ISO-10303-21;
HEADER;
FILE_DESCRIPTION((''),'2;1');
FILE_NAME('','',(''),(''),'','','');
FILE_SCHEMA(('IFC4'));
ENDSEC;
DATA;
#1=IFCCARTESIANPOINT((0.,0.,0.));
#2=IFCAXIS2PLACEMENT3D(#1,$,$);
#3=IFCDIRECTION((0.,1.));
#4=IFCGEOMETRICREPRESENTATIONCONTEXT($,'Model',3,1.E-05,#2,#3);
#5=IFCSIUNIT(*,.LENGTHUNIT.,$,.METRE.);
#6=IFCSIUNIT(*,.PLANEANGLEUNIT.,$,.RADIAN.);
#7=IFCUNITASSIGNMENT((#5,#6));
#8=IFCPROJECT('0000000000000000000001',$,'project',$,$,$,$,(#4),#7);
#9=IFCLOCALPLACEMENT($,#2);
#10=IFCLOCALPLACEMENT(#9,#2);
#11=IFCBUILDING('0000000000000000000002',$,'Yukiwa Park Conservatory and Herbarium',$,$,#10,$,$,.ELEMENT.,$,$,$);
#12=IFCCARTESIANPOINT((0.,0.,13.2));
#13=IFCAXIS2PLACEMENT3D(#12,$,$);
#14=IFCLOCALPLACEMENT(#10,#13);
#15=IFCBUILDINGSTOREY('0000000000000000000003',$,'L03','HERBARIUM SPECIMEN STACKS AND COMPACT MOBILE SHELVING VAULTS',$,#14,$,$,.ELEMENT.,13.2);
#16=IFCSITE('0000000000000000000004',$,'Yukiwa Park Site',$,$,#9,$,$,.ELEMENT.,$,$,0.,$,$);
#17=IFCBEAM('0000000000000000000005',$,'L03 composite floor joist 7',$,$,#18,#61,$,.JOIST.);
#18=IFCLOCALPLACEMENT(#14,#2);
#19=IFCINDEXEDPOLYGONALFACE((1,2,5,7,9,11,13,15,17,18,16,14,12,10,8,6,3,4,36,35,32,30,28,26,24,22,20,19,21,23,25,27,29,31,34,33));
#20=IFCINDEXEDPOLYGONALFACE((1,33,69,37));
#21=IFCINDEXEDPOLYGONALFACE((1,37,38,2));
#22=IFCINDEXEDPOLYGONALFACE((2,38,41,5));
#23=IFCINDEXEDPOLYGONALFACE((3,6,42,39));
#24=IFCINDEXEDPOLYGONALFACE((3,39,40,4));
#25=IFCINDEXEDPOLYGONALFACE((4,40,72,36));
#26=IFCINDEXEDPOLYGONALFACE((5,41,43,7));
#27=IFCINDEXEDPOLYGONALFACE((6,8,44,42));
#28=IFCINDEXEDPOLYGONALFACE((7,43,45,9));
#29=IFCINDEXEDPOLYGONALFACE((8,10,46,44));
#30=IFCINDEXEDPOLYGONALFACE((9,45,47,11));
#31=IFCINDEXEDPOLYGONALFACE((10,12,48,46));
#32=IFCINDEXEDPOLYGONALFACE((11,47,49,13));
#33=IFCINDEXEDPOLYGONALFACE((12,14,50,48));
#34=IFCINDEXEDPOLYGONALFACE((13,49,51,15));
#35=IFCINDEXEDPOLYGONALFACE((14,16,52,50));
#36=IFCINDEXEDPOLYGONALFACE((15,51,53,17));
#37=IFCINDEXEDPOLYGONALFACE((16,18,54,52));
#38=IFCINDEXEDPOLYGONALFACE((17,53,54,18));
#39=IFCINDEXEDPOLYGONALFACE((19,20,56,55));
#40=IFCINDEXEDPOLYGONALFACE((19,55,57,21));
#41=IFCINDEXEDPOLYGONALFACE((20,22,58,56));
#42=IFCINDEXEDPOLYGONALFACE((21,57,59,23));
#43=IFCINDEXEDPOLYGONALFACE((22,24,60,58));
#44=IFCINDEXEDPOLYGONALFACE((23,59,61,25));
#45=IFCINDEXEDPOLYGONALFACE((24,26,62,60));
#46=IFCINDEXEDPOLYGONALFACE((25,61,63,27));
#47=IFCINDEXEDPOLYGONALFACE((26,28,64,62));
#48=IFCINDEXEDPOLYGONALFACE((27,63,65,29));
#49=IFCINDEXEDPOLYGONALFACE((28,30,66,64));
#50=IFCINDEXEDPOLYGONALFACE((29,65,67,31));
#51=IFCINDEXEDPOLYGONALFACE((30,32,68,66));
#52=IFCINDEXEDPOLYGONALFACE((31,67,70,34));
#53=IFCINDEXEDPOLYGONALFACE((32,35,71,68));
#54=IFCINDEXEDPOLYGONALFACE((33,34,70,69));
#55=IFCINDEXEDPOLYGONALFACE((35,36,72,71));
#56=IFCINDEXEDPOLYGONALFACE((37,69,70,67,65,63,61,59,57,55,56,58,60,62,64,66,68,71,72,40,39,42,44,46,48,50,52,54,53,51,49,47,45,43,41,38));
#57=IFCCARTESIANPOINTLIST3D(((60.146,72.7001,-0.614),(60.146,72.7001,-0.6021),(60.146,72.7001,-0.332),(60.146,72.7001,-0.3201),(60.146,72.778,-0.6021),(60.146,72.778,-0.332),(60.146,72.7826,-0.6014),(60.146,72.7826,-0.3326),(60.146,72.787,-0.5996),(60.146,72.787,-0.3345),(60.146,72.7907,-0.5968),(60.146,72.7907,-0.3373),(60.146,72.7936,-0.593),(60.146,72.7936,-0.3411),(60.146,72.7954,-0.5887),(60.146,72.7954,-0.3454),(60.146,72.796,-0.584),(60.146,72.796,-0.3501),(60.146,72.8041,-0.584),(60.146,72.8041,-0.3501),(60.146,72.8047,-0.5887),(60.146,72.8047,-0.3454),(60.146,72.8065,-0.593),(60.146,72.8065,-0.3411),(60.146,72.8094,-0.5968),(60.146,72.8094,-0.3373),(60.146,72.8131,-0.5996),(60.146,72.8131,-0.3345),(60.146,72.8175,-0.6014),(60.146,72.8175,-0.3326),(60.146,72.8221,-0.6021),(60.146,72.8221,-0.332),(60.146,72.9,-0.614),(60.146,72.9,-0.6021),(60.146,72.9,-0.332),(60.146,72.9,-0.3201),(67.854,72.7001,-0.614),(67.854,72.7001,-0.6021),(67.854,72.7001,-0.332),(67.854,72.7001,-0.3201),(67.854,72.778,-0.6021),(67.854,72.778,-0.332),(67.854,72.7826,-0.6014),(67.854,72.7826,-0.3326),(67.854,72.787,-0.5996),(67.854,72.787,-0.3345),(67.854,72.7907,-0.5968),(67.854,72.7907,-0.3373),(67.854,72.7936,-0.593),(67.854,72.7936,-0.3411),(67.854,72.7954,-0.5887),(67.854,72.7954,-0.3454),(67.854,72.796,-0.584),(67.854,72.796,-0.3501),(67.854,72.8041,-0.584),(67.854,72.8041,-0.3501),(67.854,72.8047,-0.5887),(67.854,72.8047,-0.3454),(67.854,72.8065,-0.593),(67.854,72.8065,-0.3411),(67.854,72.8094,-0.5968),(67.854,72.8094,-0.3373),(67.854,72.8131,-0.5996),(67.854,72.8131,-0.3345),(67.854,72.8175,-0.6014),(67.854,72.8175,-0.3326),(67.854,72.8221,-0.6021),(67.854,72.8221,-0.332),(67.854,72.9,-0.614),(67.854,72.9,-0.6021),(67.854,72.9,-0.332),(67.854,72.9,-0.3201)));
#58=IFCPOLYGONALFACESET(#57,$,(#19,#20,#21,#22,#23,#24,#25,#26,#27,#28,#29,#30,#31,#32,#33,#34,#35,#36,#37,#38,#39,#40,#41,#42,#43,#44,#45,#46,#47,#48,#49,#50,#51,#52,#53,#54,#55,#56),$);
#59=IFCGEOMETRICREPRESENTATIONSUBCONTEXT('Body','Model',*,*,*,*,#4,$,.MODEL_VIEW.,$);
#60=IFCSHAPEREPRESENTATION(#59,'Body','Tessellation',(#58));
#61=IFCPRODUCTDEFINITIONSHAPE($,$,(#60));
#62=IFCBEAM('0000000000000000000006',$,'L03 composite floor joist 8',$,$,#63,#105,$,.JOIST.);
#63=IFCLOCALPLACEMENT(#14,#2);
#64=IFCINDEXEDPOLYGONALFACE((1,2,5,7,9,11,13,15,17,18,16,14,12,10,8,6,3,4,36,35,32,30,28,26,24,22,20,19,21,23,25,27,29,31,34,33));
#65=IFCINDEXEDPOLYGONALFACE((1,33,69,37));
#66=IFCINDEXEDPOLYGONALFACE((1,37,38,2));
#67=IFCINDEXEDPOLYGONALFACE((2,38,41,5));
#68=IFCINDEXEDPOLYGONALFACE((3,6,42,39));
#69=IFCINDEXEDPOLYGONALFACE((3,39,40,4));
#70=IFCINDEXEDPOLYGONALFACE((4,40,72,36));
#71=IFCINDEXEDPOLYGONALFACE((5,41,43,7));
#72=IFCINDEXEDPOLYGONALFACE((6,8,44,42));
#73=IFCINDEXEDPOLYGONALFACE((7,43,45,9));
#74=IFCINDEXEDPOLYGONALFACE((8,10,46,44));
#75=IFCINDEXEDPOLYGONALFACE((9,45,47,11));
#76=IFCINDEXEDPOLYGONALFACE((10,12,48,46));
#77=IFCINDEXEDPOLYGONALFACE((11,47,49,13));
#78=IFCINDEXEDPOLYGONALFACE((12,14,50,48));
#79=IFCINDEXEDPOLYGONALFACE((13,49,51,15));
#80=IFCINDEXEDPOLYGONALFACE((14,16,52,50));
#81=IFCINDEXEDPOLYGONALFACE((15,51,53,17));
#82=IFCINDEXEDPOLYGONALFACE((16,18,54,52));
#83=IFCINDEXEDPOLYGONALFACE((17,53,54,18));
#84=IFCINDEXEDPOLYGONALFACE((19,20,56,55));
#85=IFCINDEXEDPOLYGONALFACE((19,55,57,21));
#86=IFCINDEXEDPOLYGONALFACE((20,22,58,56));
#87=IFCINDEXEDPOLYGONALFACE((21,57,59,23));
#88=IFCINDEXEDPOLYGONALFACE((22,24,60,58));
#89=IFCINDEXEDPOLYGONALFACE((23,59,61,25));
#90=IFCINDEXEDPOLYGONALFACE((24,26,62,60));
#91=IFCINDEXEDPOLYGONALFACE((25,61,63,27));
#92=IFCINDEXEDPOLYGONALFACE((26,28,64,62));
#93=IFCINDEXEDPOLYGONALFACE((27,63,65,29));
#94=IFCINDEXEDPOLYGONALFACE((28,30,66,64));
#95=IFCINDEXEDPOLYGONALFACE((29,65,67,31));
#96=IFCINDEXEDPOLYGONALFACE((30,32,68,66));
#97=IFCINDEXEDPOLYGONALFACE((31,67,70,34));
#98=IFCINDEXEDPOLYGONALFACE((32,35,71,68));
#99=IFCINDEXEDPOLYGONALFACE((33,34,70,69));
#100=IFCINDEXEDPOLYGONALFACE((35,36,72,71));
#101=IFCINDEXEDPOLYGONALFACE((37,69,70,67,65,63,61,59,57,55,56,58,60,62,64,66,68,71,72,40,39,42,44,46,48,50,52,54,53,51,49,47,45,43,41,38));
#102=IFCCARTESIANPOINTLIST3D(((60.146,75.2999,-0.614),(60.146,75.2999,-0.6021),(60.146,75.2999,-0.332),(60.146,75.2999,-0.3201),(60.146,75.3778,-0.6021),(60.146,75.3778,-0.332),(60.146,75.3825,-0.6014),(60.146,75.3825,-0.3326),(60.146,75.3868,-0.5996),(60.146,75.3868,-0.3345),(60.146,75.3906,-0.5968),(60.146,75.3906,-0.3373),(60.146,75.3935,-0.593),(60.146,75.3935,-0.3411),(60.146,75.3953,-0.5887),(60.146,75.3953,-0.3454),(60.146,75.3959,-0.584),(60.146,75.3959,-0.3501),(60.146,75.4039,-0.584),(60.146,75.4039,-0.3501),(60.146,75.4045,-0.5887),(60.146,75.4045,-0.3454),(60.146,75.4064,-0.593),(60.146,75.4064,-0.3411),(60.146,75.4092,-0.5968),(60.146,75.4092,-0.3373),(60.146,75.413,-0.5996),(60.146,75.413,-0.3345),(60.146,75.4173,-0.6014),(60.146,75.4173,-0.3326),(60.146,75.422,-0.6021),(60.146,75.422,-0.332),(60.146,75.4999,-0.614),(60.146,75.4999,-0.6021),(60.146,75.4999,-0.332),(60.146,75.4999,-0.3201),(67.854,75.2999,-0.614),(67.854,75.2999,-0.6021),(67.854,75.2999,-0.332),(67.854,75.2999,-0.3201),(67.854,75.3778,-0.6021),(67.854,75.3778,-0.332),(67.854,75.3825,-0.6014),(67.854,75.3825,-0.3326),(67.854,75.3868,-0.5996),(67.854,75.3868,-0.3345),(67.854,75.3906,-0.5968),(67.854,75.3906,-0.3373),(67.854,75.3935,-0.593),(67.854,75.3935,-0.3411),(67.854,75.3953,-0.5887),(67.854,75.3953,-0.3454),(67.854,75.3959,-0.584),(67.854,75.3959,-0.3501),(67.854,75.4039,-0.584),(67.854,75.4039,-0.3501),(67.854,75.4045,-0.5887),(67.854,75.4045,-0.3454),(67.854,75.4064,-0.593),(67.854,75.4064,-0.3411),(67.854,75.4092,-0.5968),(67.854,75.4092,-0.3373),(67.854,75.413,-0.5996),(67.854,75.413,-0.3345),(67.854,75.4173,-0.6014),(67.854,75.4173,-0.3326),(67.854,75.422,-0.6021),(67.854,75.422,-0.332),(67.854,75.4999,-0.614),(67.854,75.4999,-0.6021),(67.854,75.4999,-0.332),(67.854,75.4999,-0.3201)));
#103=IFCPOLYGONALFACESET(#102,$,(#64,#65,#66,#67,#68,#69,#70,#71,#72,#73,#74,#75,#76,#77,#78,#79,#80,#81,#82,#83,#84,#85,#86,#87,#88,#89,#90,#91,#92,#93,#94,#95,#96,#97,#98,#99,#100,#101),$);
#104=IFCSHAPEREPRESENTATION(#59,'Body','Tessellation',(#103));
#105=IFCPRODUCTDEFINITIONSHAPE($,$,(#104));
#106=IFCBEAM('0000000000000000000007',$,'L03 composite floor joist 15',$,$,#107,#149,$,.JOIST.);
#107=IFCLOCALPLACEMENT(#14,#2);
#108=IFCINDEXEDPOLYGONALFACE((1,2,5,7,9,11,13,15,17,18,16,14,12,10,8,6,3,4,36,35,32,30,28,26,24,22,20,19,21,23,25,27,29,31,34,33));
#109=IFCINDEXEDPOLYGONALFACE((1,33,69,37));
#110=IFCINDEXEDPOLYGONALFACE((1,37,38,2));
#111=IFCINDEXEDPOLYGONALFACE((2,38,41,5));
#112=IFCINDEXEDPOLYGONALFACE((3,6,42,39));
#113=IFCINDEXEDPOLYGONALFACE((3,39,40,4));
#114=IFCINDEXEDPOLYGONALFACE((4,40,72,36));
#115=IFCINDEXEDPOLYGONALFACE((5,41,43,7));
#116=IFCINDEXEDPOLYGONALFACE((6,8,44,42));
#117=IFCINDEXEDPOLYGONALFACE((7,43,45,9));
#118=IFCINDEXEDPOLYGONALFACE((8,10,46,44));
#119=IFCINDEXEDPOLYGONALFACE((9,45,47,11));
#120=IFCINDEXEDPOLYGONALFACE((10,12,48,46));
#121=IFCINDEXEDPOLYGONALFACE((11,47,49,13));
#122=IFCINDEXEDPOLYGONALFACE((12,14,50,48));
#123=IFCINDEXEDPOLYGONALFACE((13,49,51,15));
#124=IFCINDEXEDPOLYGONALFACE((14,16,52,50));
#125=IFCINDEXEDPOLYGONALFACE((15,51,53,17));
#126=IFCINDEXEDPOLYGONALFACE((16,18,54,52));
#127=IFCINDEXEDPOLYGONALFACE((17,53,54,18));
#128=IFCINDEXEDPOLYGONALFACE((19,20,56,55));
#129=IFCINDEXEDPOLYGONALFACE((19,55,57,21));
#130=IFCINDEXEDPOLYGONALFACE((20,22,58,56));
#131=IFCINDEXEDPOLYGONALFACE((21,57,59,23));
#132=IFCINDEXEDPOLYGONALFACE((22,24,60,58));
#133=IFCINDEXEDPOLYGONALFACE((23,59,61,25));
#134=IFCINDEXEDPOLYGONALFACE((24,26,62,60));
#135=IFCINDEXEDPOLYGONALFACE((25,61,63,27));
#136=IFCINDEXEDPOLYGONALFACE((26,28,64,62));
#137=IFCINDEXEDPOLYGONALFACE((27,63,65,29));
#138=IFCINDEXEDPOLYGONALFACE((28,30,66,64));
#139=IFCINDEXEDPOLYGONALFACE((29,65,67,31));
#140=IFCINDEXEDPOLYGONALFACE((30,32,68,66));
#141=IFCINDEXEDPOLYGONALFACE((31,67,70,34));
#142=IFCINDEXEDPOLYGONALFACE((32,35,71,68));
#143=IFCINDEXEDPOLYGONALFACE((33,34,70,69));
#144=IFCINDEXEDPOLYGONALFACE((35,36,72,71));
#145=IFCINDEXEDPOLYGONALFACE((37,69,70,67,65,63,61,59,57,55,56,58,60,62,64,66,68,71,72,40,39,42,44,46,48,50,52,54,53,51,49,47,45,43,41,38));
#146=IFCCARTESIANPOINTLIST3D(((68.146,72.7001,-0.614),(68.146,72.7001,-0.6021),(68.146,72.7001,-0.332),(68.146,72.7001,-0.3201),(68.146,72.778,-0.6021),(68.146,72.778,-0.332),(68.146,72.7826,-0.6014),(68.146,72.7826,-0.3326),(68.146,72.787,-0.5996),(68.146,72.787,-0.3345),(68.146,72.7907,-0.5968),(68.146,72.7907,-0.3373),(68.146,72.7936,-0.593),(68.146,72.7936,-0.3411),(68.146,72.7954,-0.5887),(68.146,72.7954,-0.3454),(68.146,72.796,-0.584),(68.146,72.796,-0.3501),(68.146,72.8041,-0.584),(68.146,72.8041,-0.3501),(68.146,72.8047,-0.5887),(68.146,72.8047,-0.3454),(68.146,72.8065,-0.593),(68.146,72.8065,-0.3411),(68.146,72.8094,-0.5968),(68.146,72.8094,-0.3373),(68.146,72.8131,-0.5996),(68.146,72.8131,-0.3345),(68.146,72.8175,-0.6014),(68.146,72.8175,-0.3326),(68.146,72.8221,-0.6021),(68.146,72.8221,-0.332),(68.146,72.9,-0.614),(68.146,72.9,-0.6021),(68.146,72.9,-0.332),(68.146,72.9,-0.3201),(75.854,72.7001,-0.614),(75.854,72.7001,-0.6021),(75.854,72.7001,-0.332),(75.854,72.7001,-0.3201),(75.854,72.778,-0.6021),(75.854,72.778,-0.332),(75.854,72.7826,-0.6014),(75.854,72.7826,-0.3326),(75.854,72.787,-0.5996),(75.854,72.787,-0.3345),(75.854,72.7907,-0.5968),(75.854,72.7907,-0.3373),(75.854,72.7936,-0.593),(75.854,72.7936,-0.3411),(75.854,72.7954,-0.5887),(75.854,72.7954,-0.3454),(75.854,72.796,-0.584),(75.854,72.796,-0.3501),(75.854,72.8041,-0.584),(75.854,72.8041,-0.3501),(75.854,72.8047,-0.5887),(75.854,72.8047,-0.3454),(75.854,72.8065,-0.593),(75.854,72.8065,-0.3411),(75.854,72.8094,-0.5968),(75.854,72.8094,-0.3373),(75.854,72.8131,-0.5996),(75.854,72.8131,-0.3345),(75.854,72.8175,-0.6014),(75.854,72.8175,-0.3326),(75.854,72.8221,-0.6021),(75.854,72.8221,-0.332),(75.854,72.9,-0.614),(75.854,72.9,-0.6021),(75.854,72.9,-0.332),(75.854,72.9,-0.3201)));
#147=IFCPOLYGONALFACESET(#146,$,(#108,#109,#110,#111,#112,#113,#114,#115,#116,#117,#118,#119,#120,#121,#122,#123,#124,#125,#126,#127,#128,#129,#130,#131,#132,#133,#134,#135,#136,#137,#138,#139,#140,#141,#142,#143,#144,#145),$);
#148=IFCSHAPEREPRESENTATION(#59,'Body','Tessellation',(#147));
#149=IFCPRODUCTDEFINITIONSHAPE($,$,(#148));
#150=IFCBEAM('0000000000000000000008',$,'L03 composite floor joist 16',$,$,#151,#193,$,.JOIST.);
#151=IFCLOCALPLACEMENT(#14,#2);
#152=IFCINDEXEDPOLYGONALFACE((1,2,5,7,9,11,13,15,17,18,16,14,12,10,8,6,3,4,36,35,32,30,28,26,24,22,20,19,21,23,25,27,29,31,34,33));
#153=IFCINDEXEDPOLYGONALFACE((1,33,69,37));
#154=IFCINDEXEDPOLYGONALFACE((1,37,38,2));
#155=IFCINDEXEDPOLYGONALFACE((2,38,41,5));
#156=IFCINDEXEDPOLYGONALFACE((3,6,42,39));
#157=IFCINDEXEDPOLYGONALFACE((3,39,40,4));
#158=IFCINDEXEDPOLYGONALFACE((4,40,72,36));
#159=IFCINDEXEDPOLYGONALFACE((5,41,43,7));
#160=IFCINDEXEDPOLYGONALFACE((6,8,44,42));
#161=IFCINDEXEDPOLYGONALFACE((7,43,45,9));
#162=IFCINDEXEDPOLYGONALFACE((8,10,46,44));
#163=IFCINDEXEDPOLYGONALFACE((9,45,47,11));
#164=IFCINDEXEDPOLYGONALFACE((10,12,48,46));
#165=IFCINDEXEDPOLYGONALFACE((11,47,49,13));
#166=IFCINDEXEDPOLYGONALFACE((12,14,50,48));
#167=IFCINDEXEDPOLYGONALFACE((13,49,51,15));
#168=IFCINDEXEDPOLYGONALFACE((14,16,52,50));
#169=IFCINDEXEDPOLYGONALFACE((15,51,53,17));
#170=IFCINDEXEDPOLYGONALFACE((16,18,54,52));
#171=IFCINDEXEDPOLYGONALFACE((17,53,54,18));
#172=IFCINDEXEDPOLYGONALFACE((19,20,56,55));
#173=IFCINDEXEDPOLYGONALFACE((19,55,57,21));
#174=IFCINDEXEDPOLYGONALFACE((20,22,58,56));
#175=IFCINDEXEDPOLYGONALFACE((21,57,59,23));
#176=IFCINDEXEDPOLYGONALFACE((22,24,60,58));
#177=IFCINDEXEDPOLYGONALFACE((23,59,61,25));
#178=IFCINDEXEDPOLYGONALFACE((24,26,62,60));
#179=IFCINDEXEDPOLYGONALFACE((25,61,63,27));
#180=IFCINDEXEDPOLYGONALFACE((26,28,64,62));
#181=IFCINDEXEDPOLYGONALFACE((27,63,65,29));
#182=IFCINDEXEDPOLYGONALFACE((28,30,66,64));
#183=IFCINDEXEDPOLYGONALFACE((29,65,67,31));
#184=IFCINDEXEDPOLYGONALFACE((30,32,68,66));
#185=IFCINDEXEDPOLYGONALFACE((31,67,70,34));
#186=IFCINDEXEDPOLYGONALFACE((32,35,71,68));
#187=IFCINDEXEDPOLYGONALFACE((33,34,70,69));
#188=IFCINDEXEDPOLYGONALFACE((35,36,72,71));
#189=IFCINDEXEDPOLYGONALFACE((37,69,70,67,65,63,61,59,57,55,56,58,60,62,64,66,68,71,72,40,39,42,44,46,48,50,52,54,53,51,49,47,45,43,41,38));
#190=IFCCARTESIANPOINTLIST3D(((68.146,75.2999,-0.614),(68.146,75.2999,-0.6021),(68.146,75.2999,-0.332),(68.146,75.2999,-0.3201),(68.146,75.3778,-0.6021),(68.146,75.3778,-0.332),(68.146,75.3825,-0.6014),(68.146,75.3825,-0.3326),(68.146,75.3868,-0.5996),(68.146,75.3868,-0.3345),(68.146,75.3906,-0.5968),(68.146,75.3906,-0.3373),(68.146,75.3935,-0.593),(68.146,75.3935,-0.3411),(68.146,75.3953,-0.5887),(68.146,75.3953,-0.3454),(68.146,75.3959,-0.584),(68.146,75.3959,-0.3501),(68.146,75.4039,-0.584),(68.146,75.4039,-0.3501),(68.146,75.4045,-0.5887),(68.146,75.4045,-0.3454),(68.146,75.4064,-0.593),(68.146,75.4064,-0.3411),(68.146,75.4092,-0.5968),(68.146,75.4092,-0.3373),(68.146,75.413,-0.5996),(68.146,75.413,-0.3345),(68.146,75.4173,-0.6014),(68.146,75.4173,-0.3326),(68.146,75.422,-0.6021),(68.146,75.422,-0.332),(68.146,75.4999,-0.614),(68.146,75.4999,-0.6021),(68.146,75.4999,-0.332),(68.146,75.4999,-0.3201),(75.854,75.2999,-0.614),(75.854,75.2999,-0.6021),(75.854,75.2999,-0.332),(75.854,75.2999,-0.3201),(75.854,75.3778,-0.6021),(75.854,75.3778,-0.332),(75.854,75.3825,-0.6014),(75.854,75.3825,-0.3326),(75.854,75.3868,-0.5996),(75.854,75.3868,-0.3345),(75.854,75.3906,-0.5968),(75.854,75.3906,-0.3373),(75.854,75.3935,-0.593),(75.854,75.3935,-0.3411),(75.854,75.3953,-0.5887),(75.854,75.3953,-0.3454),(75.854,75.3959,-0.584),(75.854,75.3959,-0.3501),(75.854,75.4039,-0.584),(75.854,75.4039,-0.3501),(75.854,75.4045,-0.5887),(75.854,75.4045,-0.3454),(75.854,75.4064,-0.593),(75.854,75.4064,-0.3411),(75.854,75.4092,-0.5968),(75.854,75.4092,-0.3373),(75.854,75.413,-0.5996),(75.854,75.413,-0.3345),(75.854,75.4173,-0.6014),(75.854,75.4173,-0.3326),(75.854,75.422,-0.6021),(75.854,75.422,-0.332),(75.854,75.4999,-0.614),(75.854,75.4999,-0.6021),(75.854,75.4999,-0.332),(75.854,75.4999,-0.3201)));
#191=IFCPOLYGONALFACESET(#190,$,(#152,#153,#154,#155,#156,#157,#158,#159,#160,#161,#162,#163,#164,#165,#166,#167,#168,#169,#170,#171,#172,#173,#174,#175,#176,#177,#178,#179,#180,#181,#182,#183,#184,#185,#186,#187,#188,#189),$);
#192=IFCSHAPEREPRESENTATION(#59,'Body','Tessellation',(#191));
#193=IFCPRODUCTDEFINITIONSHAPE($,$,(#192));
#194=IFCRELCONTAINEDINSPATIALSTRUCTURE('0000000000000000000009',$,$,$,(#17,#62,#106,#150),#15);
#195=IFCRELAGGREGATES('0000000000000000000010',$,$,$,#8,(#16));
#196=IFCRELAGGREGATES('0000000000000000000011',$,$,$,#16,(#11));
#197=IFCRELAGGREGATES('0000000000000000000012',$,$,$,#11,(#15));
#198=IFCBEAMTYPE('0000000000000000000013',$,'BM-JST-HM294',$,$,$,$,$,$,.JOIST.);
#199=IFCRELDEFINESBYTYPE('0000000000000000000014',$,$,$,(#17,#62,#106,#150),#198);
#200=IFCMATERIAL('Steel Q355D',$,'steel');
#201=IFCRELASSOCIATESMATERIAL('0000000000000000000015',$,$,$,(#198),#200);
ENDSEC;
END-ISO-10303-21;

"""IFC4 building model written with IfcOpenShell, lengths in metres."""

from ifc_helpers import new_model, si_unit, direction, frame, origin, origin_2d, place, context, subcontext, project, spatial, i_section, extrude, material, material_profile, profile_set, type_object, element, save


model = new_model("IFC4")

# Units and contexts
model_context = context("Model", 3, precision=1e-05, world=origin(), true_north=direction((0.0, 1.0)))
body_context = subcontext(model_context, "Body", "Model", "MODEL_VIEW")
ifc_project = project(units=[si_unit("LENGTHUNIT", "METRE"), si_unit("PLANEANGLEUNIT", "RADIAN")], contexts=[model_context])

# Site, building, storey
site_placement = place(None, origin())
site = spatial("IfcSite", under=ifc_project, at=site_placement, Name="Yukiwa Park Site", CompositionType="ELEMENT", RefElevation=0.0)
building_placement = place(site_placement, origin())
building = spatial("IfcBuilding", under=site, at=building_placement, Name="Yukiwa Park Conservatory and Herbarium", CompositionType="ELEMENT")
storey_placement = place(building_placement, frame((0.0, 0.0, 13.2)))
storey = spatial("IfcBuildingStorey", under=building, at=storey_placement, Name="L03", Description="HERBARIUM SPECIMEN STACKS AND COMPACT MOBILE SHELVING VAULTS", CompositionType="ELEMENT", Elevation=13.2)

# Beams
ifc_material_1 = material(Name="Steel Q355D", Category="steel")
ifc_material_profile_1 = material_profile(ifc_material_1, i_section(OverallWidth=0.2, OverallDepth=0.2939, WebThickness=0.0081, FlangeThickness=0.012, FilletRadius=0.0181, at=origin_2d()), Name="HM 294x200x8x12")
ifc_profile_set_1 = profile_set([ifc_material_profile_1], Name="Steel Q355D")
beam_type_1 = type_object("IfcBeamType", Name="BM-JST-HM294", PredefinedType="JOIST", material=ifc_profile_set_1)
for number, where, z_axis, x_axis, name in (
    (1, (60.146, 72.8, -0.467), (1.0, 0.0, 0.0), (0.0, 1.0, 0.0), "L03 composite floor joist 7"),
    (2, (60.146, 75.3999, -0.467), (1.0, 0.0, 0.0), (0.0, 1.0, 0.0), "L03 composite floor joist 8"),
    (3, (68.146, 72.8, -0.467), (1.0, 0.0, 0.0), (0.0, 1.0, 0.0), "L03 composite floor joist 15"),
    (4, (68.146, 75.3999, -0.467), (1.0, 0.0, 0.0), (0.0, 1.0, 0.0), "L03 composite floor joist 16"),
):
    element("IfcBeam", number, at=place(storey_placement, frame(where, z_axis=z_axis, x_axis=x_axis)), inside=storey, type_object=beam_type_1, Name=name, PredefinedType="JOIST", context=body_context, shape_type="SweptSolid", body=[
        extrude(i_section(OverallWidth=0.2, OverallDepth=0.2939, WebThickness=0.0081, FlangeThickness=0.012, FilletRadius=0.0181, at=origin_2d()), origin(), (0.0, 0.0, 1.0), 7.708),
    ])

save(model, "model.ifc")
